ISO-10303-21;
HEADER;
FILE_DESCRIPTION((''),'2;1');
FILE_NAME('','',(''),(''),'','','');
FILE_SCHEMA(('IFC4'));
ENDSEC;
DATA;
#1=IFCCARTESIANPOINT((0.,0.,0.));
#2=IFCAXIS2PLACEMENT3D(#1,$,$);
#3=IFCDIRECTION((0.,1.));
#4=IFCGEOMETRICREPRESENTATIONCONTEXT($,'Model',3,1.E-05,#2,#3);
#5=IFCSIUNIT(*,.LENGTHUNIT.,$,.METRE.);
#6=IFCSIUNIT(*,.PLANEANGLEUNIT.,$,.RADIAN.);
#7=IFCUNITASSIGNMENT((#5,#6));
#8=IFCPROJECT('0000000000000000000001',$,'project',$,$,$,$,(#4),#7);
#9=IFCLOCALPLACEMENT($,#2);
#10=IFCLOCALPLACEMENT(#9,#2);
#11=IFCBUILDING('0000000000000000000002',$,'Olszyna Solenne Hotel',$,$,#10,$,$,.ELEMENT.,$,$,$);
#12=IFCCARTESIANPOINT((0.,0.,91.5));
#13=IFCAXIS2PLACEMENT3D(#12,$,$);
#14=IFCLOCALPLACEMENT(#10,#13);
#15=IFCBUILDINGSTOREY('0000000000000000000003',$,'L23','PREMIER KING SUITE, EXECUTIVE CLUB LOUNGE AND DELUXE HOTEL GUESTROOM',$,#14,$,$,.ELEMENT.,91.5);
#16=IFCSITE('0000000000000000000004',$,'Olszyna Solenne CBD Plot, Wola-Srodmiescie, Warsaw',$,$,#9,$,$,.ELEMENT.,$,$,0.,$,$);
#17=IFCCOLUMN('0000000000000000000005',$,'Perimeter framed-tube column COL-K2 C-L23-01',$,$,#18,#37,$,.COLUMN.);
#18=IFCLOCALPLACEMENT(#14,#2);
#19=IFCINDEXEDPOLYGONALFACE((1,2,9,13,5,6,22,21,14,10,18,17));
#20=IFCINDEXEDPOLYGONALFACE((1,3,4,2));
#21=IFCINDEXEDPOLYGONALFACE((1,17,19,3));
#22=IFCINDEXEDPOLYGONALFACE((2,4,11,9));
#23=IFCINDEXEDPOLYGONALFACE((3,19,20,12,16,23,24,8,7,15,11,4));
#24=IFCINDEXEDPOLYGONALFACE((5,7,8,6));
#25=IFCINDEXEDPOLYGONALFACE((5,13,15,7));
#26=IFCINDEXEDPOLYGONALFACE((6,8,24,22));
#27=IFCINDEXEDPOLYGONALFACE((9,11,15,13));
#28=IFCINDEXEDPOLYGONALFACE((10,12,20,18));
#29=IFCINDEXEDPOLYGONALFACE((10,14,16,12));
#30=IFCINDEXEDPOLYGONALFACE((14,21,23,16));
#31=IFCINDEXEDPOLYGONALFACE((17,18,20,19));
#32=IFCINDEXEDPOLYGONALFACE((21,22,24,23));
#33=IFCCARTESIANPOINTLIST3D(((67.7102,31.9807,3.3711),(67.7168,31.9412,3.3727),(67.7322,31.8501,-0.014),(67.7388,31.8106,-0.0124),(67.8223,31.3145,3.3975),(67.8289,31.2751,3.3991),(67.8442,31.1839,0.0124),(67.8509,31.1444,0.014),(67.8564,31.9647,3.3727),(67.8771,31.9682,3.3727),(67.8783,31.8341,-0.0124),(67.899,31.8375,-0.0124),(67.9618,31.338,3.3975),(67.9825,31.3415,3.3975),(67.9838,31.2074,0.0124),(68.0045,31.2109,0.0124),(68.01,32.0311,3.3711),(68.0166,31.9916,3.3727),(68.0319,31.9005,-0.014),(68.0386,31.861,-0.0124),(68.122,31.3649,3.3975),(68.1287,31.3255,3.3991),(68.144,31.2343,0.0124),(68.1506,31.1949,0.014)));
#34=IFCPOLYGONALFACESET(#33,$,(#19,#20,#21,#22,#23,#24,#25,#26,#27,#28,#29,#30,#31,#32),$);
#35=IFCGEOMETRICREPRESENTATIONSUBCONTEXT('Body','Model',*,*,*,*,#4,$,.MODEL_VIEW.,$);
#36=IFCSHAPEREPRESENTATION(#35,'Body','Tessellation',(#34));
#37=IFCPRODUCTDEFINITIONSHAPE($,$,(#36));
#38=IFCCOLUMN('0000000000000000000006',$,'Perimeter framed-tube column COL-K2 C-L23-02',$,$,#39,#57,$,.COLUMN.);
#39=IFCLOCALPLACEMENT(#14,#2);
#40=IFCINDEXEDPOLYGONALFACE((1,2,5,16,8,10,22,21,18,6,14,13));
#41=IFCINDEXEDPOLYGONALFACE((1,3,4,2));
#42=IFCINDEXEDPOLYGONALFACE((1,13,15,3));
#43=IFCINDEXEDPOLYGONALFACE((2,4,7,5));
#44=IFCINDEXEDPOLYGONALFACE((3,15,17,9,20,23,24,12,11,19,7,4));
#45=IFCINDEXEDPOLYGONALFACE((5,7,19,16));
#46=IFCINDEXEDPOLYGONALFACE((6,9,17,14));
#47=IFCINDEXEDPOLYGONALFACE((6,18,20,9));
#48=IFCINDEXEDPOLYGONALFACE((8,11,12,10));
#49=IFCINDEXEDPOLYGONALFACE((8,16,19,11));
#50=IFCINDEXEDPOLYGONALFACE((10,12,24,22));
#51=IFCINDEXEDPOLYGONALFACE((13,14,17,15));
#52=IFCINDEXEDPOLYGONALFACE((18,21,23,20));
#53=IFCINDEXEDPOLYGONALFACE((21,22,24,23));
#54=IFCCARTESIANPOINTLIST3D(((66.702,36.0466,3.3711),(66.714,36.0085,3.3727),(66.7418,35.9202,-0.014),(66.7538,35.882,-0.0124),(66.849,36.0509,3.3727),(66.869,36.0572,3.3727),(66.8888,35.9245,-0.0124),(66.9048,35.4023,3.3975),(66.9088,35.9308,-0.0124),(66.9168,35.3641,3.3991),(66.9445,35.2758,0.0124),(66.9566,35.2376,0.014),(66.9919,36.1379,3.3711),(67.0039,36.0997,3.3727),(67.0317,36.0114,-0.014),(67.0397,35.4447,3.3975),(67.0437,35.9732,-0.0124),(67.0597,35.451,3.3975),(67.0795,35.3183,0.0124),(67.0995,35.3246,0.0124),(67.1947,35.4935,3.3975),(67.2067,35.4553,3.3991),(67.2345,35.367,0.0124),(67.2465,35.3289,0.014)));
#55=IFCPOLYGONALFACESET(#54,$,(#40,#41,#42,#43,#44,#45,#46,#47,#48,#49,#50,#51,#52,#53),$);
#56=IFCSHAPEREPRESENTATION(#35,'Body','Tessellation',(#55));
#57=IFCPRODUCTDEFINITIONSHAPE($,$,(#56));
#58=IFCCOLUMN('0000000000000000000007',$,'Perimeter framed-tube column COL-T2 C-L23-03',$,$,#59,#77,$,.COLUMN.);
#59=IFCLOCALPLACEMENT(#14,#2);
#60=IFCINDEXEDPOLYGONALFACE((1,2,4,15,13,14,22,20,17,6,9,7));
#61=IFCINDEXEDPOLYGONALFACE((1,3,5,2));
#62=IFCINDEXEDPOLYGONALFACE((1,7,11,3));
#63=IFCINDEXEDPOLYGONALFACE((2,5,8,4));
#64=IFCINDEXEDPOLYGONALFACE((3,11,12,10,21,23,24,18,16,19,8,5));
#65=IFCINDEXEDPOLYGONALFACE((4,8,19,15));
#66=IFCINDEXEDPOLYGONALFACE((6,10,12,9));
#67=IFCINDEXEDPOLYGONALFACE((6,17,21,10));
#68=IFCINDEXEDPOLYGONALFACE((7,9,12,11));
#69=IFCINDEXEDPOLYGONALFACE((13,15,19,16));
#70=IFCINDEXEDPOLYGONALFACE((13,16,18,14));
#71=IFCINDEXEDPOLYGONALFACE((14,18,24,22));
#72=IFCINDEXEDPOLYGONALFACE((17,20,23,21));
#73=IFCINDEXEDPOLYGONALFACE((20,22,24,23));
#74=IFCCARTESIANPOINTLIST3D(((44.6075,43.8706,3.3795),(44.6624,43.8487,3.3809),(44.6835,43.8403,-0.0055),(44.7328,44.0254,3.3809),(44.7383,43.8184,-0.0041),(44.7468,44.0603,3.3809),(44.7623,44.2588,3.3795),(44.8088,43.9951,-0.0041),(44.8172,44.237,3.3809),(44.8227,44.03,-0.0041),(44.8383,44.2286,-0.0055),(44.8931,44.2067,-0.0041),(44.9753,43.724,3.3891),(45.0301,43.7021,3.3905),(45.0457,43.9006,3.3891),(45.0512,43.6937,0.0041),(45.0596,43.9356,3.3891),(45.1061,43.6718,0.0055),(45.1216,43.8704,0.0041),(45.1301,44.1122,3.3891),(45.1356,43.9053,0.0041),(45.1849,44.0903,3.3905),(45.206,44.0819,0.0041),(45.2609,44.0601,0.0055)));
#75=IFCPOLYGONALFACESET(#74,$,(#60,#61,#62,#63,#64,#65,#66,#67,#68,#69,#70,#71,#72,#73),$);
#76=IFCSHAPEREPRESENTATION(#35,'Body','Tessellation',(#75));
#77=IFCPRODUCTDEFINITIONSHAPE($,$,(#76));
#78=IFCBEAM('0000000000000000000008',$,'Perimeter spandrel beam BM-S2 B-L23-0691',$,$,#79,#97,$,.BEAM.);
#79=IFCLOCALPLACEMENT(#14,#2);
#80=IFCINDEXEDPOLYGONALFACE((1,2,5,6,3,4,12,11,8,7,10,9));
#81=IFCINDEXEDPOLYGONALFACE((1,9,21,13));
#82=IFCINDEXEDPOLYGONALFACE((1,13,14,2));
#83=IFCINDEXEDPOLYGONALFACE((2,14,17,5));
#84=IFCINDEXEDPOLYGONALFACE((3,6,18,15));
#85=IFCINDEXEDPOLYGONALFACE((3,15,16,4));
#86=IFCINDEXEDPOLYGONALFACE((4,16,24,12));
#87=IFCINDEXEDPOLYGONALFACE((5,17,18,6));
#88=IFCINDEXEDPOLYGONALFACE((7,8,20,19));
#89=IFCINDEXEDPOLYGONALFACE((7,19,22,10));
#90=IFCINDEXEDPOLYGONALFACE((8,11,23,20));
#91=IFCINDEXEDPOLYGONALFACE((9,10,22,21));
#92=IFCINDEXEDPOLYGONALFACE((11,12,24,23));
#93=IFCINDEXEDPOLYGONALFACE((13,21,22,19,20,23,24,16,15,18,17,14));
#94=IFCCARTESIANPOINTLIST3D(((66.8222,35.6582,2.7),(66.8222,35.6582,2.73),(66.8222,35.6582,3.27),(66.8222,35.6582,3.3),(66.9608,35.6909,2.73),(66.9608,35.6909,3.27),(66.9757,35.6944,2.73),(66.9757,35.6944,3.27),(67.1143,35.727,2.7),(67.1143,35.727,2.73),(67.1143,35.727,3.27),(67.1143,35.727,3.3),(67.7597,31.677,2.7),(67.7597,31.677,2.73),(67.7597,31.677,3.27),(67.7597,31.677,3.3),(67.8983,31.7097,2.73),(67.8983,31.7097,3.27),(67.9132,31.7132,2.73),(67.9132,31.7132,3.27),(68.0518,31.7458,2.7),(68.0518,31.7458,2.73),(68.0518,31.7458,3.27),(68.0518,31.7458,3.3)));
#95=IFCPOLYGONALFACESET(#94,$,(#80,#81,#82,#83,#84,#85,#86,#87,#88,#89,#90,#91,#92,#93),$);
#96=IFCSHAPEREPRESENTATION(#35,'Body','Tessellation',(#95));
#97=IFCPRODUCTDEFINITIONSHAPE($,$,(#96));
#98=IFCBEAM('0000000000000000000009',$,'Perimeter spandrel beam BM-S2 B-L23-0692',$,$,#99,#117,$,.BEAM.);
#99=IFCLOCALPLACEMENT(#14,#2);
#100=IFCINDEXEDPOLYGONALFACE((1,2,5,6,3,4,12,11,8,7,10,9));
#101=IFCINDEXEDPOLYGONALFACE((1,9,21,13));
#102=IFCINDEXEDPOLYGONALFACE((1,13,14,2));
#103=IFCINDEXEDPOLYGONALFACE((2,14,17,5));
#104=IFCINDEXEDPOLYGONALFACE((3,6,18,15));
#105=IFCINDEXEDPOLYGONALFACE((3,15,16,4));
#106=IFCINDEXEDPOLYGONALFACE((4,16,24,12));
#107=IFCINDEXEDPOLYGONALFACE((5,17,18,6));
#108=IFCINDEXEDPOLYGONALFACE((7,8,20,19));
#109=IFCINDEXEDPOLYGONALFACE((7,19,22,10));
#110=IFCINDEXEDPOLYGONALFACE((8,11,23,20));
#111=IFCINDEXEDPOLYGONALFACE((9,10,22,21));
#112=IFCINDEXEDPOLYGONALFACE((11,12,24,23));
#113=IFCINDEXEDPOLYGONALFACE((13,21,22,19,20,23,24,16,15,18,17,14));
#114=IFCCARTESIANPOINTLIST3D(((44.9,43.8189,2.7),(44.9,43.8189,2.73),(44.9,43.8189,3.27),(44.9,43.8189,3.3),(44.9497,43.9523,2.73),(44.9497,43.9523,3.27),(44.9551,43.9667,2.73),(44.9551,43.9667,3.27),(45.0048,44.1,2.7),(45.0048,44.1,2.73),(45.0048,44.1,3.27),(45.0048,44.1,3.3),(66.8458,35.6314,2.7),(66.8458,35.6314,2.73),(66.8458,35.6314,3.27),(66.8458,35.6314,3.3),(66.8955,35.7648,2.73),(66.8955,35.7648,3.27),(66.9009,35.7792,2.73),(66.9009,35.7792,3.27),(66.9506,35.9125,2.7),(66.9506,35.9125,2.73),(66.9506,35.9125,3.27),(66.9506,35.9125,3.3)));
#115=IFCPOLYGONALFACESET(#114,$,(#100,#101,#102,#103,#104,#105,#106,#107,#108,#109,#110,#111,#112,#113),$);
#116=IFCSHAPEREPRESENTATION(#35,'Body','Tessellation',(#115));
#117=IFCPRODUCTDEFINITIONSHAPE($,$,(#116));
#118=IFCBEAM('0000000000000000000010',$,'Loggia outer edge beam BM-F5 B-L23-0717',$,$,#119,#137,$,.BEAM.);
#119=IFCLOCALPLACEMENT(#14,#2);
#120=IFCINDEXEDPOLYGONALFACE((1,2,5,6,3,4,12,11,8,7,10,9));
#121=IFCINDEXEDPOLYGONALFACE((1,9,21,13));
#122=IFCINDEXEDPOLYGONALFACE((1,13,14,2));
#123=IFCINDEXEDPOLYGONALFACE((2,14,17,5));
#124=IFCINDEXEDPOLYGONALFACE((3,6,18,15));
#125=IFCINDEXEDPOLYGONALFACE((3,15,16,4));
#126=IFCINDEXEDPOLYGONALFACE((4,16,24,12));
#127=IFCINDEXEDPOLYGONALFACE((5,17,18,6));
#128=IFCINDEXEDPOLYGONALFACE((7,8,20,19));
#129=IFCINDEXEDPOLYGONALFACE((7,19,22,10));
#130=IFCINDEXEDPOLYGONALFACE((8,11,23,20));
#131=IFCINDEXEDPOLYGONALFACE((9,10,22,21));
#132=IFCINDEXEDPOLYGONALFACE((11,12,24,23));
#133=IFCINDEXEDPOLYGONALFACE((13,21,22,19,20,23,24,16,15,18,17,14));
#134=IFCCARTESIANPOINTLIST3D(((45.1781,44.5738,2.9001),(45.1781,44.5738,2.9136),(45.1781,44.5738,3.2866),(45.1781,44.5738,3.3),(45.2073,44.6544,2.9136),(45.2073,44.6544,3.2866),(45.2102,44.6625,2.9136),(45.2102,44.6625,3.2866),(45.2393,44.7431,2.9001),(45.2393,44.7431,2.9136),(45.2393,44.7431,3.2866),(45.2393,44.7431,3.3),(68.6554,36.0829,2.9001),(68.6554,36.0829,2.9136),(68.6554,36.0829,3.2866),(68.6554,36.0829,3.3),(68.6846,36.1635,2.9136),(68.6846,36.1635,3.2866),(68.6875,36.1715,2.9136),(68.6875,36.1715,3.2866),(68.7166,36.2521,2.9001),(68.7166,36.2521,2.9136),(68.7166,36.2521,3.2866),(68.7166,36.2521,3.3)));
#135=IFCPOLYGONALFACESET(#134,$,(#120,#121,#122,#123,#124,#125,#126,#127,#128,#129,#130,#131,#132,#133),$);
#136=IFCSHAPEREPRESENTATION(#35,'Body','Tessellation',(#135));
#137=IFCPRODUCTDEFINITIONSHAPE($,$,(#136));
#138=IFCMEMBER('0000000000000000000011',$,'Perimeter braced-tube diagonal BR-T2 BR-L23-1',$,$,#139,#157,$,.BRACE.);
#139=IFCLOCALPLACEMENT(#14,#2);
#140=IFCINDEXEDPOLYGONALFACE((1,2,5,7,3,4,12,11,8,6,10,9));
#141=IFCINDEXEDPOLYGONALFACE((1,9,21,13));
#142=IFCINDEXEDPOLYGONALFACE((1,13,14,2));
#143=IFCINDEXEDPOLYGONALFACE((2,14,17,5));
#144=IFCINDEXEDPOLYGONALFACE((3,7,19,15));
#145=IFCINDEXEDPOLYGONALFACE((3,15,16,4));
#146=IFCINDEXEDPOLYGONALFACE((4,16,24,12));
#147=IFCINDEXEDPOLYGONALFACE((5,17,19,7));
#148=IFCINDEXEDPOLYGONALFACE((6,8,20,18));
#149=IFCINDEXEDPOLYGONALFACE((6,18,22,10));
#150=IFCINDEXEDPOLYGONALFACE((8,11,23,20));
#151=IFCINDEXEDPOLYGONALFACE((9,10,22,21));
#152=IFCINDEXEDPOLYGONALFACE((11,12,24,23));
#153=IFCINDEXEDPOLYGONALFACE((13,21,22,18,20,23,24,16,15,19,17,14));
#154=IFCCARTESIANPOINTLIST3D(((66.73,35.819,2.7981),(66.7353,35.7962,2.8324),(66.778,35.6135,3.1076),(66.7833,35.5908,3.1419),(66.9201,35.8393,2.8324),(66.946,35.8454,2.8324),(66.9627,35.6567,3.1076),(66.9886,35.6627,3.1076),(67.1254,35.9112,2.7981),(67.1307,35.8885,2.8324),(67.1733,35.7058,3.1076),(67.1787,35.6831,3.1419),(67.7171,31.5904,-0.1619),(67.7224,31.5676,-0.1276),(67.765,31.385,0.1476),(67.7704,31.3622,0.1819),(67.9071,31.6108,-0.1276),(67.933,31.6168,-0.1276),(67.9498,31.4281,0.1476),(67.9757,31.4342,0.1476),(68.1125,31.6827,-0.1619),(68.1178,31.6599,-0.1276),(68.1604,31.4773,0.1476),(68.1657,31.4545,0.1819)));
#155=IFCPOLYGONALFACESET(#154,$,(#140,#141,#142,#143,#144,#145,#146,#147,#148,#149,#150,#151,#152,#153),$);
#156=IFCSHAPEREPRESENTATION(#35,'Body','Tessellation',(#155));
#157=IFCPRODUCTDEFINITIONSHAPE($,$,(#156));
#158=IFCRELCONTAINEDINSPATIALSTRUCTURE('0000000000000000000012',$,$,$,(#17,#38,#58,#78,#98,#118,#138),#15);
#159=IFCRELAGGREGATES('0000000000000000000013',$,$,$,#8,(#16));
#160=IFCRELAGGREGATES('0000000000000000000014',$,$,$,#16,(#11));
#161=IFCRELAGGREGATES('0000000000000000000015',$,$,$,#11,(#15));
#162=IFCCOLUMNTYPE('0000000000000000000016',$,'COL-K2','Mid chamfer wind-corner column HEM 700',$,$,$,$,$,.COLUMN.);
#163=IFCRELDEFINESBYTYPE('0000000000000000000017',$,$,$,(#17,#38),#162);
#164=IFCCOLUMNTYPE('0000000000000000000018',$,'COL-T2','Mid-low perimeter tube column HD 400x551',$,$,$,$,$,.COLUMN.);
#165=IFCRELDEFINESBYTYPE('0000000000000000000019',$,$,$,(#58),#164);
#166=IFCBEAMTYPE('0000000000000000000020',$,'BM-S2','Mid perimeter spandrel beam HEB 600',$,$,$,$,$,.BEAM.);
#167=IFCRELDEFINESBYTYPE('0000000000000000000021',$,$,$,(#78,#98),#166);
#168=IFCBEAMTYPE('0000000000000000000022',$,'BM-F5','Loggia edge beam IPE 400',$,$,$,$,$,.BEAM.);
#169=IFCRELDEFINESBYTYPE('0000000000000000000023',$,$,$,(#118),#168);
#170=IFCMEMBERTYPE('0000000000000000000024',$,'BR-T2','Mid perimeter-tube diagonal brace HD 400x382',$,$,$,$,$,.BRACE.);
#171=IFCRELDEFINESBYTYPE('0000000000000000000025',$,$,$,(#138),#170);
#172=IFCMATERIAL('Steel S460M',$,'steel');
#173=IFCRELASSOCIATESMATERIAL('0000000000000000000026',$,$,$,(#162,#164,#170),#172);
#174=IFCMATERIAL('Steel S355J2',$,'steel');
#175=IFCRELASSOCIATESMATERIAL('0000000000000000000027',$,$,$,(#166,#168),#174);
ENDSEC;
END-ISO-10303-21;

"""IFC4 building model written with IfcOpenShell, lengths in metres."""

from ifc_helpers import new_model, si_unit, direction, frame, origin, origin_2d, place, context, subcontext, project, spatial, i_section, extrude, source, transform, mapped, material, material_profile, profile_set, type_object, element, save


model = new_model("IFC4")

# Units and contexts
model_context = context("Model", 3, precision=1e-05, world=origin(), true_north=direction((0.0, 1.0)))
body_context = subcontext(model_context, "Body", "Model", "MODEL_VIEW")
ifc_project = project(units=[si_unit("LENGTHUNIT", "METRE"), si_unit("PLANEANGLEUNIT", "RADIAN")], contexts=[model_context])

# Site, building, storey
site_placement = place(None, origin())
site = spatial("IfcSite", under=ifc_project, at=site_placement, Name="Olszyna Solenne CBD Plot, Wola-Srodmiescie, Warsaw", CompositionType="ELEMENT", RefElevation=0.0)
building_placement = place(site_placement, origin())
building = spatial("IfcBuilding", under=site, at=building_placement, Name="Olszyna Solenne Hotel", CompositionType="ELEMENT")
storey_placement = place(building_placement, frame((0.0, 0.0, 91.5)))
storey = spatial("IfcBuildingStorey", under=building, at=storey_placement, Name="L23", Description="PREMIER KING SUITE, EXECUTIVE CLUB LOUNGE AND DELUXE HOTEL GUESTROOM", CompositionType="ELEMENT", Elevation=91.5)

# Columns
ifc_material_1 = material(Name="Steel S460M", Category="steel")
ifc_material_profile_1 = material_profile(ifc_material_1, i_section(OverallWidth=0.304, OverallDepth=0.7161, WebThickness=0.021, FlangeThickness=0.04, at=origin_2d()), Name="HEM 700", Category="load-bearing")
ifc_profile_set_1 = profile_set([ifc_material_profile_1], Name="Steel S460M")
column_type_1 = type_object("IfcColumnType", Name="COL-K2", Description="Mid chamfer wind-corner column HEM 700", PredefinedType="COLUMN", material=ifc_profile_set_1)
shared_shape_1 = source(origin(), body_context, "Body", "SweptSolid", [
    extrude(i_section(OverallWidth=0.304, OverallDepth=0.7161, WebThickness=0.021, FlangeThickness=0.04, at=origin_2d()), origin(), (0.0, 0.0, 1.0), 3.3877),
])
for number, where, z_axis, x_axis, name in (
    (1, (67.9414, 31.5225, 0.0), (-0.006486, 0.038557, 0.999235), (-0.986144, -0.165893, 0.0), "Perimeter framed-tube column COL-K2 C-L23-01"),
    (2, (66.9941, 35.6245, 0.0), (-0.011747, 0.037332, 0.999234), (-0.953888, -0.300162, 0.0), "Perimeter framed-tube column COL-K2 C-L23-02"),
):
    element("IfcColumn", number, at=place(storey_placement, frame(where, z_axis=z_axis, x_axis=x_axis)), inside=storey, type_object=column_type_1, Name=name, PredefinedType="COLUMN", context=body_context, shape_type="MappedRepresentation", body=[
        mapped(shared_shape_1, transform((0.0, 0.0, 0.0), x_axis=(1.0, 0.0, 0.0), y_axis=(0.0, 1.0, 0.0), z_axis=(0.0, 0.0, 1.0), scale=1.0)),
    ])
ifc_material_profile_2 = material_profile(ifc_material_1, i_section(OverallWidth=0.418, OverallDepth=0.4551, WebThickness=0.0376, FlangeThickness=0.0591, at=origin_2d()), Name="HD 400x551", Category="load-bearing")
ifc_profile_set_2 = profile_set([ifc_material_profile_2], Name="Steel S460M")
column_type_2 = type_object("IfcColumnType", Name="COL-T2", Description="Mid-low perimeter tube column HD 400x551", PredefinedType="COLUMN", material=ifc_profile_set_2)
shared_shape_2 = source(origin(), body_context, "Body", "SweptSolid", [
    extrude(i_section(OverallWidth=0.418, OverallDepth=0.4551, WebThickness=0.0376, FlangeThickness=0.0591, at=origin_2d()), origin(), (0.0, 0.0, 1.0), 3.386),
])
column_placement = place(storey_placement, frame((44.9722, 43.9502, 0.0), z_axis=(-0.022424, 0.008941, 0.999709), x_axis=(-0.370361, -0.928888, 0.0)))
element("IfcColumn", 3, at=column_placement, inside=storey, type_object=column_type_2, Name="Perimeter framed-tube column COL-T2 C-L23-03", PredefinedType="COLUMN", context=body_context, shape_type="MappedRepresentation", body=[
    mapped(shared_shape_2, transform((0.0, 0.0, 0.0), x_axis=(1.0, 0.0, 0.0), y_axis=(0.0, 1.0, 0.0), z_axis=(0.0, 0.0, 1.0), scale=1.0)),
])

# Beams
ifc_material_2 = material(Name="Steel S355J2", Category="steel")
ifc_material_profile_3 = material_profile(ifc_material_2, i_section(OverallWidth=0.3, OverallDepth=0.6001, WebThickness=0.0154, FlangeThickness=0.03, at=origin_2d()), Name="HEB 600", Category="load-bearing")
ifc_profile_set_3 = profile_set([ifc_material_profile_3], Name="Steel S355J2")
beam_type_1 = type_object("IfcBeamType", Name="BM-S2", Description="Mid perimeter spandrel beam HEB 600", PredefinedType="BEAM", material=ifc_profile_set_3)
shared_shape_3 = source(origin(), body_context, "Body", "SweptSolid", [
    extrude(i_section(OverallWidth=0.3, OverallDepth=0.6001, WebThickness=0.0154, FlangeThickness=0.03, at=origin_2d()), origin(), (0.0, 0.0, 1.0), 4.0901),
])
beam_1_placement = place(storey_placement, frame((67.9058, 31.7114, 3.0), z_axis=(-0.229212, 0.973376, 0.0), x_axis=(-0.973376, -0.229212, 0.0)))
element("IfcBeam", 4, at=beam_1_placement, inside=storey, type_object=beam_type_1, Name="Perimeter spandrel beam BM-S2 B-L23-0691", PredefinedType="BEAM", context=body_context, shape_type="MappedRepresentation", body=[
    mapped(shared_shape_3, transform((0.0, 0.0, 0.0), x_axis=(1.0, 0.0, 0.0), y_axis=(0.0, 1.0, 0.0), z_axis=(0.0, 0.0, 1.0), scale=1.0)),
])
shared_shape_4 = source(origin(), body_context, "Body", "SweptSolid", [
    extrude(i_section(OverallWidth=0.3, OverallDepth=0.6001, WebThickness=0.0154, FlangeThickness=0.03, at=origin_2d()), origin(), (0.0, 0.0, 1.0), 23.4233),
])
beam_2_placement = place(storey_placement, frame((66.8982, 35.772, 3.0), z_axis=(-0.93692, 0.349544, 0.0), x_axis=(-0.349544, -0.93692, 0.0)))
element("IfcBeam", 5, at=beam_2_placement, inside=storey, type_object=beam_type_1, Name="Perimeter spandrel beam BM-S2 B-L23-0692", PredefinedType="BEAM", context=body_context, shape_type="MappedRepresentation", body=[
    mapped(shared_shape_4, transform((0.0, 0.0, 0.0), x_axis=(1.0, 0.0, 0.0), y_axis=(0.0, 1.0, 0.0), z_axis=(0.0, 0.0, 1.0), scale=1.0)),
])
ifc_material_profile_4 = material_profile(ifc_material_2, i_section(OverallWidth=0.1799, OverallDepth=0.3999, WebThickness=0.0085, FlangeThickness=0.0134, at=origin_2d()), Name="IPE 400", Category="load-bearing")
ifc_profile_set_4 = profile_set([ifc_material_profile_4], Name="Steel S355J2")
beam_type_2 = type_object("IfcBeamType", Name="BM-F5", Description="Loggia edge beam IPE 400", PredefinedType="BEAM", material=ifc_profile_set_4)
shared_shape_5 = source(origin(), body_context, "Body", "SweptSolid", [
    extrude(i_section(OverallWidth=0.1799, OverallDepth=0.3999, WebThickness=0.0085, FlangeThickness=0.0134, at=origin_2d()), origin(), (0.0, 0.0, 1.0), 24.9656),
])
beam_3_placement = place(storey_placement, frame((68.686, 36.1675, 3.1001), z_axis=(-0.940387, 0.340107, 0.0), x_axis=(-0.340107, -0.940387, 0.0)))
element("IfcBeam", 6, at=beam_3_placement, inside=storey, type_object=beam_type_2, Name="Loggia outer edge beam BM-F5 B-L23-0717", PredefinedType="BEAM", context=body_context, shape_type="MappedRepresentation", body=[
    mapped(shared_shape_5, transform((0.0, 0.0, 0.0), x_axis=(1.0, 0.0, 0.0), y_axis=(0.0, 1.0, 0.0), z_axis=(0.0, 0.0, 1.0), scale=1.0)),
])

# Member
ifc_material_profile_5 = material_profile(ifc_material_1, i_section(OverallWidth=0.406, OverallDepth=0.416, WebThickness=0.0266, FlangeThickness=0.0415, at=origin_2d()), Name="HD 400x382", Category="load-bearing")
ifc_profile_set_5 = profile_set([ifc_material_profile_5], Name="Steel S460M")
member_type_1 = type_object("IfcMemberType", Name="BR-T2", Description="Mid perimeter-tube diagonal brace HD 400x382", PredefinedType="BRACE", material=ifc_profile_set_5)
shared_shape_6 = source(origin(), body_context, "Body", "SweptSolid", [
    extrude(i_section(OverallWidth=0.406, OverallDepth=0.416, WebThickness=0.0266, FlangeThickness=0.0415, at=origin_2d()), origin(), (0.0, 0.0, 1.0), 5.2551),
])
member_1_placement = place(storey_placement, frame((67.9414, 31.5225, 0.01), z_axis=(-0.187829, 0.804651, 0.563256), x_axis=(-0.97382, -0.227318, 0.0)))
element("IfcMember", 7, at=member_1_placement, inside=storey, type_object=member_type_1, Name="Perimeter braced-tube diagonal BR-T2 BR-L23-1", PredefinedType="BRACE", context=body_context, shape_type="MappedRepresentation", body=[
    mapped(shared_shape_6, transform((0.0, 0.0, 0.0), x_axis=(1.0, 0.0, 0.0), y_axis=(0.0, 1.0, 0.0), z_axis=(0.0, 0.0, 1.0), scale=1.0)),
])

save(model, "model.ifc")
